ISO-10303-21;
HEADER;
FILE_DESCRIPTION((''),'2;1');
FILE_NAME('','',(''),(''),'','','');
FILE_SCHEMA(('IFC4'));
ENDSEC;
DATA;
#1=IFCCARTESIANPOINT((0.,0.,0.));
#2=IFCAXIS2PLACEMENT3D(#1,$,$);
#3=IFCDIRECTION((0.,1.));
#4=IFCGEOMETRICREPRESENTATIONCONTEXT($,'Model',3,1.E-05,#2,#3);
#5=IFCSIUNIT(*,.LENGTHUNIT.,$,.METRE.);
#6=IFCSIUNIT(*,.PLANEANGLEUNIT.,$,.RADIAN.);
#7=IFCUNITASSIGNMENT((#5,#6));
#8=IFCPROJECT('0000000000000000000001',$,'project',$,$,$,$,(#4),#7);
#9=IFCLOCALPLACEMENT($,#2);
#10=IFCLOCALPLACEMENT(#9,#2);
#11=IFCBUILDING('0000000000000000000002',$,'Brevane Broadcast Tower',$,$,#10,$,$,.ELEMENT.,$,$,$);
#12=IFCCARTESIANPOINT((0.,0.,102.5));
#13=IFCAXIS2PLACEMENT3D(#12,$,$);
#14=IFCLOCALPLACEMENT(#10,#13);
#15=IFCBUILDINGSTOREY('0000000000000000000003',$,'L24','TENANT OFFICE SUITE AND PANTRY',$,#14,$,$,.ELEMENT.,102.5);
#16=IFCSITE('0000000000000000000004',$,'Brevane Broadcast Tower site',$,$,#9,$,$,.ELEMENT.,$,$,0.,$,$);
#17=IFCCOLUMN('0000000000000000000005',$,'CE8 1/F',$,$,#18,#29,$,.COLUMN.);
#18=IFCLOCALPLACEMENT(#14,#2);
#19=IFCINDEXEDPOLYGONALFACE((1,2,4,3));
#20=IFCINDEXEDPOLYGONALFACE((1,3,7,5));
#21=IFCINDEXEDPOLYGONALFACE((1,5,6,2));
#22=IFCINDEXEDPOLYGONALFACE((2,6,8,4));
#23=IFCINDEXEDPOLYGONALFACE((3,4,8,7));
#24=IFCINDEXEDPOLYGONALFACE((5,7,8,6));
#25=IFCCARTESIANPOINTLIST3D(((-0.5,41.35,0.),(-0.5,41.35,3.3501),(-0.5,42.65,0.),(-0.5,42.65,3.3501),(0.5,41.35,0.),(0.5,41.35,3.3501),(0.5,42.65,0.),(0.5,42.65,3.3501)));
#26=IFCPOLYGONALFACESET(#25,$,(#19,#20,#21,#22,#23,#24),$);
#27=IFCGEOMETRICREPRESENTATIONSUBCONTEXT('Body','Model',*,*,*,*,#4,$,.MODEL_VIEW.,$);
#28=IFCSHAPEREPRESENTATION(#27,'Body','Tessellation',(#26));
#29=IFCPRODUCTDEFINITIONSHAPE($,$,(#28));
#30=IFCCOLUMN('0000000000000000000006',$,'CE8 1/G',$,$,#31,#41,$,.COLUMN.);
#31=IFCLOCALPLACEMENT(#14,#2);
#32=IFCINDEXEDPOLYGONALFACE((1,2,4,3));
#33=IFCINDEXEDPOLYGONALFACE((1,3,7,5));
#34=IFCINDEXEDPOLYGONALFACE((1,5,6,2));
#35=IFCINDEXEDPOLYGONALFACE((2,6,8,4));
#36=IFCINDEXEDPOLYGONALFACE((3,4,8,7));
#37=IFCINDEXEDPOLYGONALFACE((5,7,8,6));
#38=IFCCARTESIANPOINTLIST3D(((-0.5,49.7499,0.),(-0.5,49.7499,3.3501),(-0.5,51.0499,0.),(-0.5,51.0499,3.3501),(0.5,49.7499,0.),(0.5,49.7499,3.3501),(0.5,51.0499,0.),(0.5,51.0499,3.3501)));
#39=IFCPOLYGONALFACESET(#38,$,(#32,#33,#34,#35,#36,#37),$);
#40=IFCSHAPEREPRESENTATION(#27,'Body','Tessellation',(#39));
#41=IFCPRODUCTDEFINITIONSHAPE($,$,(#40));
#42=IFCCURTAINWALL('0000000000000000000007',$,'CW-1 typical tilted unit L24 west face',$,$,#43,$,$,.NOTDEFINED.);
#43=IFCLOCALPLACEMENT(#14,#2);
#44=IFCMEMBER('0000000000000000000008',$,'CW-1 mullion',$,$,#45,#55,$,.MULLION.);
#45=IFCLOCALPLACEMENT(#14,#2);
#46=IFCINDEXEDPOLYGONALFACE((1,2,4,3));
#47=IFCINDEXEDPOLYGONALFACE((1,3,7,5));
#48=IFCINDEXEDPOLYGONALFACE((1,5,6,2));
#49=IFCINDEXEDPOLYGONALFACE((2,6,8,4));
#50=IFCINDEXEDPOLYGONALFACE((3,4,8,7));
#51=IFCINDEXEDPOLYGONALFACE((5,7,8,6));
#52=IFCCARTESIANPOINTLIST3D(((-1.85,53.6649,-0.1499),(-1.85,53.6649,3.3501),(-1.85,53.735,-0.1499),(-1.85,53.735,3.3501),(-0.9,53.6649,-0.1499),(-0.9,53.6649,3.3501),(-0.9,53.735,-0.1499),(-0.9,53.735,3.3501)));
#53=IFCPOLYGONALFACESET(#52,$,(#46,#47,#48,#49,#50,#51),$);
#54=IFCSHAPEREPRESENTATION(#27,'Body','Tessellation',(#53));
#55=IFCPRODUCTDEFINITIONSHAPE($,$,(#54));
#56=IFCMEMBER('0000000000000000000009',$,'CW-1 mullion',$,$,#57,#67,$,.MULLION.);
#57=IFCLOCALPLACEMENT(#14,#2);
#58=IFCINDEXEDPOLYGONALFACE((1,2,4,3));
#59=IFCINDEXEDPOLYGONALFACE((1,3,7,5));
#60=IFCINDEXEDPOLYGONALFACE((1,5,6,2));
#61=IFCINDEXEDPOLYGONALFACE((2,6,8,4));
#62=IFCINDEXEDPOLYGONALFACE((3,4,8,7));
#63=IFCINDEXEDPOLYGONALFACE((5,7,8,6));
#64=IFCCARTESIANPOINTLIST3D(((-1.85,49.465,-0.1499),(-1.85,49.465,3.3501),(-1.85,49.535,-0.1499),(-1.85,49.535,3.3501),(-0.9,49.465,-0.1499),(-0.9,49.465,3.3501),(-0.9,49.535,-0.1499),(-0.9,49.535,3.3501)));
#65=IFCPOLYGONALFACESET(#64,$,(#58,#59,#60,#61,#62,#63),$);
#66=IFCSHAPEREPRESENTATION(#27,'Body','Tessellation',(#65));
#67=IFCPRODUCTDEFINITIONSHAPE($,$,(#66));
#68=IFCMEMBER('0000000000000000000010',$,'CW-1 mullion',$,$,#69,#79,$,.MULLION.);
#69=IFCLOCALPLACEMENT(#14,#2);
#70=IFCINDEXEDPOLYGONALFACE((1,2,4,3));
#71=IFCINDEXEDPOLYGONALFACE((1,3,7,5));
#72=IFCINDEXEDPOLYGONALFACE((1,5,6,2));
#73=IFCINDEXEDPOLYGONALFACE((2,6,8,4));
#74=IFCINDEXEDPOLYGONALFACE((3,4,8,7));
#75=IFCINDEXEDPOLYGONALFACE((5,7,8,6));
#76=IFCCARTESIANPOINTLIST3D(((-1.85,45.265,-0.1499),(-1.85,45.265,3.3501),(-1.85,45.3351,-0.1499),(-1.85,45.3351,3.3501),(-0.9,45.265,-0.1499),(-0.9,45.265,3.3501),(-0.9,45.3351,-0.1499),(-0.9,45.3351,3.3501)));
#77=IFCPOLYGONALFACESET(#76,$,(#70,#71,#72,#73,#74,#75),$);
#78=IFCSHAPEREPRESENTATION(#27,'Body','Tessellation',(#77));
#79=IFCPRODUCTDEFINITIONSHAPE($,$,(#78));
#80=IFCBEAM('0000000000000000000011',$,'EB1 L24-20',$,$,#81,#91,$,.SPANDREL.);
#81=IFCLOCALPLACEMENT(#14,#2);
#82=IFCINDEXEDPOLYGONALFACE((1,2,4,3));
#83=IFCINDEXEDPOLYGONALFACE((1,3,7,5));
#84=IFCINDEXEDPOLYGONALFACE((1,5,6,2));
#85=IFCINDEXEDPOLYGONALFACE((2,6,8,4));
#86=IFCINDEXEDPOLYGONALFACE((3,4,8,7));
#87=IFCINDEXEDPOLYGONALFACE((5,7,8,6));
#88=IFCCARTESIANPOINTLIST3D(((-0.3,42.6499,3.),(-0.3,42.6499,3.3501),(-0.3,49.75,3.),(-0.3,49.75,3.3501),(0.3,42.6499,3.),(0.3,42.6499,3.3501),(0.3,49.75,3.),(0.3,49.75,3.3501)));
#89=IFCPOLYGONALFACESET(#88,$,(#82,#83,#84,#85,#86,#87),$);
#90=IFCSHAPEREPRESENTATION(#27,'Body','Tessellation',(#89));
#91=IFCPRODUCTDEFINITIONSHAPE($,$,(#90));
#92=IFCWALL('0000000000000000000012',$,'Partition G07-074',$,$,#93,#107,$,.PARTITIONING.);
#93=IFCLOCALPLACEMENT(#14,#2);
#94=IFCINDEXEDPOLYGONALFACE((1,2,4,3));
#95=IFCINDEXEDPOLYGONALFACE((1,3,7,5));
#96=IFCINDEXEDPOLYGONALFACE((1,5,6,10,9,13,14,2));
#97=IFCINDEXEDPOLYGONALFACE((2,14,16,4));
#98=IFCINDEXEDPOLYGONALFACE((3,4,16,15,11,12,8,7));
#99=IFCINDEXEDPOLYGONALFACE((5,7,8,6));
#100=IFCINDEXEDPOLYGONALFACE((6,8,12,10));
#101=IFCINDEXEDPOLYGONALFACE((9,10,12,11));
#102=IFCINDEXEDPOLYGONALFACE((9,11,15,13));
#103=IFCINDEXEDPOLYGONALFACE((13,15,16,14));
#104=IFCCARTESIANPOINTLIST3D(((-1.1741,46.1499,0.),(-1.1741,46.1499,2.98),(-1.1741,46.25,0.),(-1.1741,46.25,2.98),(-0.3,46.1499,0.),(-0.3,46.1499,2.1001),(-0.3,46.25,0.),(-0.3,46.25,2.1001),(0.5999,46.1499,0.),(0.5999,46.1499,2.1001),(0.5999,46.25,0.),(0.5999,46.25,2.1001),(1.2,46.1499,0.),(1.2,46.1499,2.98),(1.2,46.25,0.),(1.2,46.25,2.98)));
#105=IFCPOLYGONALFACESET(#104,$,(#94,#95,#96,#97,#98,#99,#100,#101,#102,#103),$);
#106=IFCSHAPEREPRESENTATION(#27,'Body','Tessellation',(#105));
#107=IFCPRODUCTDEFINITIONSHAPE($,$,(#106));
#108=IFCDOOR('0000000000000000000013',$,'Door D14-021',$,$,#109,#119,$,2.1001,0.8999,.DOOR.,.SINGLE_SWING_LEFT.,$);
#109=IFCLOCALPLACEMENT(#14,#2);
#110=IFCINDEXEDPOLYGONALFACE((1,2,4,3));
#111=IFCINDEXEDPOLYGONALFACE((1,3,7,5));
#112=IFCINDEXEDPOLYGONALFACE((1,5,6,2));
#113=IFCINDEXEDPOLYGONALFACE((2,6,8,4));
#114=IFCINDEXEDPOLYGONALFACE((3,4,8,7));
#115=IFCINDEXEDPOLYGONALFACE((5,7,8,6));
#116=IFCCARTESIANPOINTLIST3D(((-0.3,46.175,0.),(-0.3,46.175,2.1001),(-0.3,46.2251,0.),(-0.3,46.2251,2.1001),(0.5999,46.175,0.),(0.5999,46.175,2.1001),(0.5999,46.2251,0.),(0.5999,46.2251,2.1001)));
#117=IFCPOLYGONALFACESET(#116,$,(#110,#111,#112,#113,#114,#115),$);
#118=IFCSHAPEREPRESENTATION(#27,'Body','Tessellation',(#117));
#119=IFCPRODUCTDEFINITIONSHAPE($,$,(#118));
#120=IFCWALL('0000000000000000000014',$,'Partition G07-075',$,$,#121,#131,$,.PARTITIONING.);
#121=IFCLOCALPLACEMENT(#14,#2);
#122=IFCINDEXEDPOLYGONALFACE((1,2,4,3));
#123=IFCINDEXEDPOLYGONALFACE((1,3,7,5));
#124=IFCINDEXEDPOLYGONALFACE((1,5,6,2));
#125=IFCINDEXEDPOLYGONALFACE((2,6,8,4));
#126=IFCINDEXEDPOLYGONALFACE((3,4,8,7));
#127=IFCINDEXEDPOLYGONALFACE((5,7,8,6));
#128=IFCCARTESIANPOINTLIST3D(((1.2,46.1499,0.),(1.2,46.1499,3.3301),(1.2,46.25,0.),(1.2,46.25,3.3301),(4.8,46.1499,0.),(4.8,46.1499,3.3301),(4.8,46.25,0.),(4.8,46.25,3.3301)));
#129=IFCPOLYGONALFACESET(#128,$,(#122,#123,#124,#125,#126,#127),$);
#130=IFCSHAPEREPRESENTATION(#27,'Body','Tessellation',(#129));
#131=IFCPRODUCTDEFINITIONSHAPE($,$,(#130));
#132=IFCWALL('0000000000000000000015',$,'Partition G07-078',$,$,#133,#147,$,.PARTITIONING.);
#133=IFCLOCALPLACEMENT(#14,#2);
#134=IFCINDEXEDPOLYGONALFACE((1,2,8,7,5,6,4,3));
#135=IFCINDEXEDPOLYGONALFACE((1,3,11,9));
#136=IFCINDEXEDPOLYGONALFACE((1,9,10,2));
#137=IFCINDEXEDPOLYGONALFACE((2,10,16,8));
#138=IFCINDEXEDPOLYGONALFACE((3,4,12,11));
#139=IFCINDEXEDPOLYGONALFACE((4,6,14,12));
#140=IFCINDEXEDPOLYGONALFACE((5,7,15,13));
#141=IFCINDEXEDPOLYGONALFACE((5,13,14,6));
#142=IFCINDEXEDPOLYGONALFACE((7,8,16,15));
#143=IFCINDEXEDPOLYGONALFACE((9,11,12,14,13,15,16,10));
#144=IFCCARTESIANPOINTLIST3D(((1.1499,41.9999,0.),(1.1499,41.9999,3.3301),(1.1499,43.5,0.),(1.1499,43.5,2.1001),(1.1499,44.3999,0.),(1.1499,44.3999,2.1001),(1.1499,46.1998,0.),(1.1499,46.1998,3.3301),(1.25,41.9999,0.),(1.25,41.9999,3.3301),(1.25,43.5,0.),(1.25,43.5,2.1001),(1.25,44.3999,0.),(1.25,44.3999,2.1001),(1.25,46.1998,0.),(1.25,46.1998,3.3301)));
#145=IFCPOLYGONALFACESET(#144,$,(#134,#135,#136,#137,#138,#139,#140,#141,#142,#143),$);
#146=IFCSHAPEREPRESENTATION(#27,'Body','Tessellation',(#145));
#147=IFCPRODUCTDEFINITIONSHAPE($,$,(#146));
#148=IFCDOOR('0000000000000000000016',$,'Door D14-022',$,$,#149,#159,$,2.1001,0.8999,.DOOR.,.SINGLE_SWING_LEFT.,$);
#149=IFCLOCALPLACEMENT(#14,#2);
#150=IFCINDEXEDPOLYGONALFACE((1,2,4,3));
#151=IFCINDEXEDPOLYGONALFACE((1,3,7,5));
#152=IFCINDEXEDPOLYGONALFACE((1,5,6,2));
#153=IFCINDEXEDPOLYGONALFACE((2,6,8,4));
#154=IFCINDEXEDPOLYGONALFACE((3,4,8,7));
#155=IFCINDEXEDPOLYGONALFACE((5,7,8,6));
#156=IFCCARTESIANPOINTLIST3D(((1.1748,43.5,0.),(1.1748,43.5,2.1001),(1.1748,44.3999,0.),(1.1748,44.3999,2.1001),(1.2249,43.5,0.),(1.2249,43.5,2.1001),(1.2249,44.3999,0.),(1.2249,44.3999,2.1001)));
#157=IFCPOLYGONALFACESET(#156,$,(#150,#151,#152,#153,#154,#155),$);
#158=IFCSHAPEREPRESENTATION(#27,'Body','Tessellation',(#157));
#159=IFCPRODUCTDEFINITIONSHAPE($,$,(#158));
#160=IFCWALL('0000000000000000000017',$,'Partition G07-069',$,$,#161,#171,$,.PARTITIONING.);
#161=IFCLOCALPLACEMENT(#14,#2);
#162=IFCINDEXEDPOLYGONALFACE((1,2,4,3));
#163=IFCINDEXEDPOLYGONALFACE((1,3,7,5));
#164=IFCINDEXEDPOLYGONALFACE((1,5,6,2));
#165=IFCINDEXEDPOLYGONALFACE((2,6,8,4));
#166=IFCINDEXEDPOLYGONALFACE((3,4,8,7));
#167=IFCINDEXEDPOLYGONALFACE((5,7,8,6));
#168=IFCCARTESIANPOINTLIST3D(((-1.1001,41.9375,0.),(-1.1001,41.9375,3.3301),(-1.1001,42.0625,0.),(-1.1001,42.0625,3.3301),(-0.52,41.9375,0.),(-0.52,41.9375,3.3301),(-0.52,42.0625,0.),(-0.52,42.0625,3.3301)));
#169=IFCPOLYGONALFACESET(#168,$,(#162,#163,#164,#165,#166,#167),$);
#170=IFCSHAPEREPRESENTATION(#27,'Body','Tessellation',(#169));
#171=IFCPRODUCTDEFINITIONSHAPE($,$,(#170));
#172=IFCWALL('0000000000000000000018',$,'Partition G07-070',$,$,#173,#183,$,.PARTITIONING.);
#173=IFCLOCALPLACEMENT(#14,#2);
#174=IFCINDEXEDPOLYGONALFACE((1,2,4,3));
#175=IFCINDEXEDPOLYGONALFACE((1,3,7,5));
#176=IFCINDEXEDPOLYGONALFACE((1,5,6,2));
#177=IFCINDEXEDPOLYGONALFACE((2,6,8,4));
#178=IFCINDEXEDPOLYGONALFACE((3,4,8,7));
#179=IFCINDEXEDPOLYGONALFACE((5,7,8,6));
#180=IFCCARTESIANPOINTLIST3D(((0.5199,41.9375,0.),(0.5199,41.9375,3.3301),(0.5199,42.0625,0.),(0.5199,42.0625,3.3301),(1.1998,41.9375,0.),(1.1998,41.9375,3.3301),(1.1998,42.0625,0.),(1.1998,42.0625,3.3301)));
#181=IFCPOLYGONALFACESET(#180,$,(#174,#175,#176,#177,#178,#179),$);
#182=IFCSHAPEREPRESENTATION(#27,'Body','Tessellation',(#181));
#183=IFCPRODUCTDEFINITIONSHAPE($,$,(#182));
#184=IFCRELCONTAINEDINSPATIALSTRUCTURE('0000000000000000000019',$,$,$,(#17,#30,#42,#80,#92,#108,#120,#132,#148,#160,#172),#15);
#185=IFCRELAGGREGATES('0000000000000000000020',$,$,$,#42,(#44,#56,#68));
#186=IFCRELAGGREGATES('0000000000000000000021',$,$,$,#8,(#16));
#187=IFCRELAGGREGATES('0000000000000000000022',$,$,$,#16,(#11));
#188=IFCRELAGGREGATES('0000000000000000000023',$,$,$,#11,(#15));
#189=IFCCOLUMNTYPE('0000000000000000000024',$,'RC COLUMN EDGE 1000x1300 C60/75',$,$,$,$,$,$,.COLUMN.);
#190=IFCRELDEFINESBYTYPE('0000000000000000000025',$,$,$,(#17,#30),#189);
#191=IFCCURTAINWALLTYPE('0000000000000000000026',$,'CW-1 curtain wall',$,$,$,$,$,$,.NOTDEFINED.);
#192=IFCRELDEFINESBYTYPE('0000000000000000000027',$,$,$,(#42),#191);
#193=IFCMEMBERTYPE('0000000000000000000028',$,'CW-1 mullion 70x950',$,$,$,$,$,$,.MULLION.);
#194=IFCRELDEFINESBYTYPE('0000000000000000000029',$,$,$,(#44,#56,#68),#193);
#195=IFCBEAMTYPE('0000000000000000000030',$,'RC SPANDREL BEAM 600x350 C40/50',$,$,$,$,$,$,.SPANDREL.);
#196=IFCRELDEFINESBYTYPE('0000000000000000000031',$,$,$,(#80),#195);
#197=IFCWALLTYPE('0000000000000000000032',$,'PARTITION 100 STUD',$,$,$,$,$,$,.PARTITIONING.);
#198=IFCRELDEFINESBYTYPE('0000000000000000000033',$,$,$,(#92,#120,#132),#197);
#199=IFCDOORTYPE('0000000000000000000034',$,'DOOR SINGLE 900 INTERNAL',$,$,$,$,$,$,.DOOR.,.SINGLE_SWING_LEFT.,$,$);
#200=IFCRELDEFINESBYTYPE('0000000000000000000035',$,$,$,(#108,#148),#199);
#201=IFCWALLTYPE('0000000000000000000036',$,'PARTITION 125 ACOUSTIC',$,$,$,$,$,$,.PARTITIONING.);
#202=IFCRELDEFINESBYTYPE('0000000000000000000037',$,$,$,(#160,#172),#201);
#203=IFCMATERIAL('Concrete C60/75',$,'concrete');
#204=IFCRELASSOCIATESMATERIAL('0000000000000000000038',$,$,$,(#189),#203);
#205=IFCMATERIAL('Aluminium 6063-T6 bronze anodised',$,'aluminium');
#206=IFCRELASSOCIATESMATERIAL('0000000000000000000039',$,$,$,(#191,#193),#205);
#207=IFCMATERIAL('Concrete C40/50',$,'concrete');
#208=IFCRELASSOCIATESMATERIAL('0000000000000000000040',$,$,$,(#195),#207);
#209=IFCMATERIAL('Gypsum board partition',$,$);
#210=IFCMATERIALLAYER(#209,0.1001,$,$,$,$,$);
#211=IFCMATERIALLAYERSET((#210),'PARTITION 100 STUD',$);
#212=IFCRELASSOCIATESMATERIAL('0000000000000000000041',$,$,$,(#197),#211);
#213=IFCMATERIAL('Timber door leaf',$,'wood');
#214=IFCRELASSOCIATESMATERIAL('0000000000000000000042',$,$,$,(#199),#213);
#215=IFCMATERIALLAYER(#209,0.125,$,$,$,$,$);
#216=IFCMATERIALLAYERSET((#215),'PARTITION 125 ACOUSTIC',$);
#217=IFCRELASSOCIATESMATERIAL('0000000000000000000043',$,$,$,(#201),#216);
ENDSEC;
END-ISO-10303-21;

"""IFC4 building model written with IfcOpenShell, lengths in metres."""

from ifc_helpers import new_model, si_unit, direction, frame, frame_2d, origin, origin_2d, place, context, subcontext, project, spatial, rectangle, extrude, material, layer, layer_set, material_profile, profile_set, type_object, element, fill, aggregate, save


model = new_model("IFC4")

# Units and contexts
model_context = context("Model", 3, precision=1e-05, world=origin(), true_north=direction((0.0, 1.0)))
body_context = subcontext(model_context, "Body", "Model", "MODEL_VIEW")
ifc_project = project(units=[si_unit("LENGTHUNIT", "METRE"), si_unit("PLANEANGLEUNIT", "RADIAN")], contexts=[model_context])

# Site, building, storey
site_placement = place(None, origin())
site = spatial("IfcSite", under=ifc_project, at=site_placement, Name="Brevane Broadcast Tower site", CompositionType="ELEMENT", RefElevation=0.0)
building_placement = place(site_placement, origin())
building = spatial("IfcBuilding", under=site, at=building_placement, Name="Brevane Broadcast Tower", CompositionType="ELEMENT")
storey_placement = place(building_placement, frame((0.0, 0.0, 102.5)))
storey = spatial("IfcBuildingStorey", under=building, at=storey_placement, Name="L24", Description="TENANT OFFICE SUITE AND PANTRY", CompositionType="ELEMENT", Elevation=102.5)

# Columns
ifc_material_1 = material(Name="Concrete C60/75", Category="concrete")
ifc_material_profile_1 = material_profile(ifc_material_1, rectangle(XDim=1.0, YDim=1.3, at=origin_2d()), Name="RC 1000x1300")
ifc_profile_set_1 = profile_set([ifc_material_profile_1], Name="Concrete C60/75")
column_type = type_object("IfcColumnType", Name="RC COLUMN EDGE 1000x1300 C60/75", PredefinedType="COLUMN", material=ifc_profile_set_1)
for number, where, z_axis, x_axis, name in (
    (1, (0.0, 42.0, 0.0), (0.0, 0.0, 1.0), (1.0, 0.0, 0.0), "CE8 1/F"),
    (2, (0.0, 50.3999, 0.0), (0.0, 0.0, 1.0), (1.0, 0.0, 0.0), "CE8 1/G"),
):
    element("IfcColumn", number, at=place(storey_placement, frame(where, z_axis=z_axis, x_axis=x_axis)), inside=storey, type_object=column_type, Name=name, PredefinedType="COLUMN", context=body_context, shape_type="SweptSolid", body=[
        extrude(rectangle(XDim=1.0, YDim=1.3, at=origin_2d()), origin(), (0.0, 0.0, 1.0), 3.3501),
    ])

# Curtain wall, members
ifc_material_2 = material(Name="Aluminium 6063-T6 bronze anodised", Category="aluminium")
curtain_wall_type = type_object("IfcCurtainWallType", Name="CW-1 curtain wall", PredefinedType="NOTDEFINED", material=ifc_material_2)
curtain_wall_placement = place(storey_placement, origin())
curtain_wall = element("IfcCurtainWall", 3, at=curtain_wall_placement, inside=storey, type_object=curtain_wall_type, Name="CW-1 typical tilted unit L24 west face", PredefinedType="NOTDEFINED")
ifc_material_profile_2 = material_profile(ifc_material_2, rectangle(XDim=0.95, YDim=0.0701, at=origin_2d()), Name="RECT 70x950")
ifc_profile_set_2 = profile_set([ifc_material_profile_2], Name="Aluminium 6063-T6 bronze anodised")
member_type = type_object("IfcMemberType", Name="CW-1 mullion 70x950", PredefinedType="MULLION", material=ifc_profile_set_2)
member_1_placement = place(storey_placement, frame((-1.375, 53.7, -0.1499), z_axis=(0.0, 0.0, 1.0), x_axis=(1.0, 0.0, 0.0)))
member_1 = element("IfcMember", 4, at=member_1_placement, type_object=member_type, Name="CW-1 mullion", PredefinedType="MULLION", context=body_context, shape_type="SweptSolid", body=[
    extrude(rectangle(XDim=0.95, YDim=0.0701, at=origin_2d()), origin(), (0.0, 0.0, 1.0), 3.5),
])
member_2_placement = place(storey_placement, frame((-1.375, 49.5, -0.1499), z_axis=(0.0, 0.0, 1.0), x_axis=(1.0, 0.0, 0.0)))
member_2 = element("IfcMember", 5, at=member_2_placement, type_object=member_type, Name="CW-1 mullion", PredefinedType="MULLION", context=body_context, shape_type="SweptSolid", body=[
    extrude(rectangle(XDim=0.95, YDim=0.0701, at=origin_2d()), origin(), (0.0, 0.0, 1.0), 3.5),
])
member_3_placement = place(storey_placement, frame((-1.375, 45.3, -0.1499), z_axis=(0.0, 0.0, 1.0), x_axis=(1.0, 0.0, 0.0)))
member_3 = element("IfcMember", 6, at=member_3_placement, type_object=member_type, Name="CW-1 mullion", PredefinedType="MULLION", context=body_context, shape_type="SweptSolid", body=[
    extrude(rectangle(XDim=0.95, YDim=0.0701, at=origin_2d()), origin(), (0.0, 0.0, 1.0), 3.5),
])
aggregate(curtain_wall, [member_1, member_2, member_3])

# Beam
ifc_material_3 = material(Name="Concrete C40/50", Category="concrete")
ifc_material_profile_3 = material_profile(ifc_material_3, rectangle(XDim=0.6001, YDim=0.3501, at=origin_2d()), Name="RC 600x350")
ifc_profile_set_3 = profile_set([ifc_material_profile_3], Name="Concrete C40/50")
beam_type = type_object("IfcBeamType", Name="RC SPANDREL BEAM 600x350 C40/50", PredefinedType="SPANDREL", material=ifc_profile_set_3)
beam_placement = place(storey_placement, frame((0.0, 49.75, 3.175), z_axis=(0.0, -1.0, 0.0), x_axis=(1.0, 0.0, 0.0)))
element("IfcBeam", 7, at=beam_placement, inside=storey, type_object=beam_type, Name="EB1 L24-20", PredefinedType="SPANDREL", context=body_context, shape_type="SweptSolid", body=[
    extrude(rectangle(XDim=0.6001, YDim=0.3501, at=origin_2d()), origin(), (0.0, 0.0, 1.0), 7.1001),
])

# Wall, opening, door
ifc_material_4 = material(Name="Gypsum board partition")
ifc_layer_1 = layer(ifc_material_4, 0.1001)
ifc_layer_set_1 = layer_set([ifc_layer_1], Name="PARTITION 100 STUD")
wall_type_1 = type_object("IfcWallType", Name="PARTITION 100 STUD", PredefinedType="PARTITIONING", material=ifc_layer_set_1)
wall_1_placement = place(storey_placement, frame((1.2, 46.2, 0.0), z_axis=(0.0, 0.0, 1.0), x_axis=(-1.0, 0.0, 0.0)))
wall_1 = element("IfcWall", 8, at=wall_1_placement, inside=storey, type_object=wall_type_1, Name="Partition G07-074", PredefinedType="PARTITIONING", context=body_context, shape_type="SweptSolid", body=[
    extrude(rectangle(XDim=2.374, YDim=0.1001, at=frame_2d((1.187, 0.0))), origin(), (0.0, 0.0, 1.0), 2.98),
])
opening_1_placement = place(wall_1_placement, frame((0.6001, 0.0, 0.0)))
opening_1 = element("IfcOpeningElement", 9, at=opening_1_placement, cuts=wall_1, PredefinedType="OPENING", context=body_context, shape_type="SweptSolid", body=[
    extrude(rectangle(XDim=0.8999, YDim=2.1001, at=frame_2d((0.45, 1.05))), frame((0.0, 0.0601, 0.0), z_axis=(0.0, -1.0, 0.0), x_axis=(1.0, 0.0, 0.0)), (0.0, 0.0, 1.0), 0.1201),
])
ifc_material_5 = material(Name="Timber door leaf", Category="wood")
door_type = type_object("IfcDoorType", Name="DOOR SINGLE 900 INTERNAL", OperationType="SINGLE_SWING_LEFT", PredefinedType="DOOR", material=ifc_material_5)
door_1_placement = place(opening_1_placement, origin())
door_1 = element("IfcDoor", 10, at=door_1_placement, inside=storey, type_object=door_type, Name="Door D14-021", OperationType="SINGLE_SWING_LEFT", OverallHeight=2.1001, OverallWidth=0.8999, PredefinedType="DOOR", context=body_context, shape_type="SweptSolid", body=[
    extrude(rectangle(XDim=0.8999, YDim=2.1001, at=frame_2d((0.45, 1.05))), frame((0.0, 0.0249, 0.0), z_axis=(0.0, -1.0, 0.0), x_axis=(1.0, 0.0, 0.0)), (0.0, 0.0, 1.0), 0.05),
])
fill(opening_1, door_1)

# Wall
wall_2_placement = place(storey_placement, frame((4.8, 46.2, 0.0), z_axis=(0.0, 0.0, 1.0), x_axis=(-1.0, 0.0, 0.0)))
element("IfcWall", 11, at=wall_2_placement, inside=storey, type_object=wall_type_1, Name="Partition G07-075", PredefinedType="PARTITIONING", context=body_context, shape_type="SweptSolid", body=[
    extrude(rectangle(XDim=3.6001, YDim=0.1001, at=frame_2d((1.8, 0.0))), origin(), (0.0, 0.0, 1.0), 3.3301),
])

# Wall, opening, door
wall_3_placement = place(storey_placement, frame((1.2, 46.2, 0.0), z_axis=(0.0, 0.0, 1.0), x_axis=(0.0, -1.0, 0.0)))
wall_3 = element("IfcWall", 12, at=wall_3_placement, inside=storey, type_object=wall_type_1, Name="Partition G07-078", PredefinedType="PARTITIONING", context=body_context, shape_type="SweptSolid", body=[
    extrude(rectangle(XDim=4.2, YDim=0.1001, at=frame_2d((2.1001, 0.0))), origin(), (0.0, 0.0, 1.0), 3.3301),
])
opening_2_placement = place(wall_3_placement, frame((1.8, 0.0, 0.0)))
opening_2 = element("IfcOpeningElement", 13, at=opening_2_placement, cuts=wall_3, PredefinedType="OPENING", context=body_context, shape_type="SweptSolid", body=[
    extrude(rectangle(XDim=0.8999, YDim=2.1001, at=frame_2d((0.45, 1.05))), frame((0.0, 0.0601, 0.0), z_axis=(0.0, -1.0, 0.0), x_axis=(1.0, 0.0, 0.0)), (0.0, 0.0, 1.0), 0.1201),
])
door_2_placement = place(opening_2_placement, origin())
door_2 = element("IfcDoor", 14, at=door_2_placement, inside=storey, type_object=door_type, Name="Door D14-022", OperationType="SINGLE_SWING_LEFT", OverallHeight=2.1001, OverallWidth=0.8999, PredefinedType="DOOR", context=body_context, shape_type="SweptSolid", body=[
    extrude(rectangle(XDim=0.8999, YDim=2.1001, at=frame_2d((0.45, 1.05))), frame((0.0, 0.0249, 0.0), z_axis=(0.0, -1.0, 0.0), x_axis=(1.0, 0.0, 0.0)), (0.0, 0.0, 1.0), 0.05),
])
fill(opening_2, door_2)

# Walls
ifc_layer_2 = layer(ifc_material_4, 0.125)
ifc_layer_set_2 = layer_set([ifc_layer_2], Name="PARTITION 125 ACOUSTIC")
wall_type_2 = type_object("IfcWallType", Name="PARTITION 125 ACOUSTIC", PredefinedType="PARTITIONING", material=ifc_layer_set_2)
wall_4_placement = place(storey_placement, frame((-1.1001, 42.0, 0.0), z_axis=(0.0, 0.0, 1.0), x_axis=(1.0, 0.0, 0.0)))
element("IfcWall", 15, at=wall_4_placement, inside=storey, type_object=wall_type_2, Name="Partition G07-069", PredefinedType="PARTITIONING", context=body_context, shape_type="SweptSolid", body=[
    extrude(rectangle(XDim=0.5801, YDim=0.125, at=frame_2d((0.29, 0.0))), origin(), (0.0, 0.0, 1.0), 3.3301),
])
wall_5_placement = place(storey_placement, frame((0.52, 42.0, 0.0), z_axis=(0.0, 0.0, 1.0), x_axis=(1.0, 0.0, 0.0)))
element("IfcWall", 16, at=wall_5_placement, inside=storey, type_object=wall_type_2, Name="Partition G07-070", PredefinedType="PARTITIONING", context=body_context, shape_type="SweptSolid", body=[
    extrude(rectangle(XDim=0.6799, YDim=0.125, at=frame_2d((0.3398, 0.0))), origin(), (0.0, 0.0, 1.0), 3.3301),
])

save(model, "model.ifc")
